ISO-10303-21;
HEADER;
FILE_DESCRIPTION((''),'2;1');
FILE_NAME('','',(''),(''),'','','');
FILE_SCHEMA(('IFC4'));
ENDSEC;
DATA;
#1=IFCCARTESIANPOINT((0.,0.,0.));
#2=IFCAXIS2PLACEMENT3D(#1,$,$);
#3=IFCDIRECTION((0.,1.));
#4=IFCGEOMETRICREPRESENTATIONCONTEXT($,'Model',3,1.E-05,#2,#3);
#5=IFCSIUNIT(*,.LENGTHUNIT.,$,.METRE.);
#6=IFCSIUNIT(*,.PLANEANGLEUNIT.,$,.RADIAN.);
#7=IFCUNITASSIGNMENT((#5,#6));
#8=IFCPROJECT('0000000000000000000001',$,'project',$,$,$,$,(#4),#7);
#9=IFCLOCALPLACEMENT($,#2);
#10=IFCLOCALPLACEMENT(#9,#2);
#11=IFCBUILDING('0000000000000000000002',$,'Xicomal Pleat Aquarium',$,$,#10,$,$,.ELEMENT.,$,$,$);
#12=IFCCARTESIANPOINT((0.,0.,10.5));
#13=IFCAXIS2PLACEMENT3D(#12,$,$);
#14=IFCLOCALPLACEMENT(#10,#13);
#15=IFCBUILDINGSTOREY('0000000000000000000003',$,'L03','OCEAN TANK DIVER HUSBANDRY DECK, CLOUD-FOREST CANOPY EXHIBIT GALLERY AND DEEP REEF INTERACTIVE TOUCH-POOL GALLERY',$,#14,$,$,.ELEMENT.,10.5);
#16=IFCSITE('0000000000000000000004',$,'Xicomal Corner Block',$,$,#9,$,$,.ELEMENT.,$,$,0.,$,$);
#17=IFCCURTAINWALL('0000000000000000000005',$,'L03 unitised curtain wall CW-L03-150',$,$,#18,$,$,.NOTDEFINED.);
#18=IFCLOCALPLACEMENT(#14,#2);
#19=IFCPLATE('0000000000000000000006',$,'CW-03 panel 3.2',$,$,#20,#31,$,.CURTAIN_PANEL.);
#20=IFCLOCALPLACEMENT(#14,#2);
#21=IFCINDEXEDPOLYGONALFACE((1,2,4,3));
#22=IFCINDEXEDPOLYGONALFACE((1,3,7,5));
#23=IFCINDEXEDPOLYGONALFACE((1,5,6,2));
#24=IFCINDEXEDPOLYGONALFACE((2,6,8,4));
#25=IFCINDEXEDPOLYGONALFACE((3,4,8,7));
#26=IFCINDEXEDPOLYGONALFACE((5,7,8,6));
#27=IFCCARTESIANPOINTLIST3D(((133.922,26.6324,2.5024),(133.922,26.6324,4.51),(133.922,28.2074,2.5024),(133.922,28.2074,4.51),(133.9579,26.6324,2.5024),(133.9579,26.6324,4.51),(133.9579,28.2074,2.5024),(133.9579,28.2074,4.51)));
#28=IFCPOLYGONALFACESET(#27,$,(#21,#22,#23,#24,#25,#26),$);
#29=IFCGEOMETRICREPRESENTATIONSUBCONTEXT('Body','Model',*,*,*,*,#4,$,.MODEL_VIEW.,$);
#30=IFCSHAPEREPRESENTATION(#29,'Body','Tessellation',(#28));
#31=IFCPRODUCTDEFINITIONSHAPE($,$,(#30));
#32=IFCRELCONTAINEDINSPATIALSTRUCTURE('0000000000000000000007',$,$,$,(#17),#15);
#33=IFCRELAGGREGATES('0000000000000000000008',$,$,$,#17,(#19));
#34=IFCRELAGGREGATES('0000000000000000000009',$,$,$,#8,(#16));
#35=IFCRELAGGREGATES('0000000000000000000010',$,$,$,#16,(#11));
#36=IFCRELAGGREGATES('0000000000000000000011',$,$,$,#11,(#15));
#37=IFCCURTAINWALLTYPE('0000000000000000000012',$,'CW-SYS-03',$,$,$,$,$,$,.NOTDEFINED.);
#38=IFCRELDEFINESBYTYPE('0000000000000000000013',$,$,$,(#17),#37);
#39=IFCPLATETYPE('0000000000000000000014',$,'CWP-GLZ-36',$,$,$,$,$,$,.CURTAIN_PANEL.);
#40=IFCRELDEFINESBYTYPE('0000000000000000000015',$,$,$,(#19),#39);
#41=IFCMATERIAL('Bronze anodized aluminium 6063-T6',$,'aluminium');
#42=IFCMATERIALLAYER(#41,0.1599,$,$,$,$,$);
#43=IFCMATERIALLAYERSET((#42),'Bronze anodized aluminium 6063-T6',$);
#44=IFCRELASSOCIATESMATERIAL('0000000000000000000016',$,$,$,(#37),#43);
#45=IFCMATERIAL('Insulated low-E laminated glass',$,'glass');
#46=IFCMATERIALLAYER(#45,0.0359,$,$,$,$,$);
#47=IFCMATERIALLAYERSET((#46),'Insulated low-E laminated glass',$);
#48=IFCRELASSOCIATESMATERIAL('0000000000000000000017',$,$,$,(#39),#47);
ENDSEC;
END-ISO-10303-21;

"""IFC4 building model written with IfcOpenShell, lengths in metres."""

from ifc_helpers import new_model, si_unit, direction, frame, origin, origin_2d, place, context, subcontext, project, spatial, rectangle, extrude, material, layer, layer_set, type_object, element, aggregate, save


model = new_model("IFC4")

# Units and contexts
model_context = context("Model", 3, precision=1e-05, world=origin(), true_north=direction((0.0, 1.0)))
body_context = subcontext(model_context, "Body", "Model", "MODEL_VIEW")
ifc_project = project(units=[si_unit("LENGTHUNIT", "METRE"), si_unit("PLANEANGLEUNIT", "RADIAN")], contexts=[model_context])

# Site, building, storey
site_placement = place(None, origin())
site = spatial("IfcSite", under=ifc_project, at=site_placement, Name="Xicomal Corner Block", CompositionType="ELEMENT", RefElevation=0.0)
building_placement = place(site_placement, origin())
building = spatial("IfcBuilding", under=site, at=building_placement, Name="Xicomal Pleat Aquarium", CompositionType="ELEMENT")
storey_placement = place(building_placement, frame((0.0, 0.0, 10.5)))
storey = spatial("IfcBuildingStorey", under=building, at=storey_placement, Name="L03", Description="OCEAN TANK DIVER HUSBANDRY DECK, CLOUD-FOREST CANOPY EXHIBIT GALLERY AND DEEP REEF INTERACTIVE TOUCH-POOL GALLERY", CompositionType="ELEMENT", Elevation=10.5)

# Curtain wall, plate
ifc_material_1 = material(Name="Bronze anodized aluminium 6063-T6", Category="aluminium")
ifc_layer_1 = layer(ifc_material_1, 0.1599)
ifc_layer_set_1 = layer_set([ifc_layer_1], Name="Bronze anodized aluminium 6063-T6")
curtain_wall_type = type_object("IfcCurtainWallType", Name="CW-SYS-03", PredefinedType="NOTDEFINED", material=ifc_layer_set_1)
curtain_wall_placement = place(storey_placement, origin())
curtain_wall = element("IfcCurtainWall", 1, at=curtain_wall_placement, inside=storey, type_object=curtain_wall_type, Name="L03 unitised curtain wall CW-L03-150", PredefinedType="NOTDEFINED")
ifc_material_2 = material(Name="Insulated low-E laminated glass", Category="glass")
ifc_layer_2 = layer(ifc_material_2, 0.0359)
ifc_layer_set_2 = layer_set([ifc_layer_2], Name="Insulated low-E laminated glass")
plate_type = type_object("IfcPlateType", Name="CWP-GLZ-36", PredefinedType="CURTAIN_PANEL", material=ifc_layer_set_2)
plate_1_placement = place(storey_placement, frame((133.9399, 27.4199, 2.5024), z_axis=(0.0, 0.0, 1.0), x_axis=(0.0, 1.0, 0.0)))
plate_1 = element("IfcPlate", 2, at=plate_1_placement, type_object=plate_type, Name="CW-03 panel 3.2", PredefinedType="CURTAIN_PANEL", context=body_context, shape_type="SweptSolid", body=[
    extrude(rectangle(XDim=1.575, YDim=0.0359, at=origin_2d()), origin(), (0.0, 0.0, 1.0), 2.0076),
])
aggregate(curtain_wall, [plate_1])

save(model, "model.ifc")
